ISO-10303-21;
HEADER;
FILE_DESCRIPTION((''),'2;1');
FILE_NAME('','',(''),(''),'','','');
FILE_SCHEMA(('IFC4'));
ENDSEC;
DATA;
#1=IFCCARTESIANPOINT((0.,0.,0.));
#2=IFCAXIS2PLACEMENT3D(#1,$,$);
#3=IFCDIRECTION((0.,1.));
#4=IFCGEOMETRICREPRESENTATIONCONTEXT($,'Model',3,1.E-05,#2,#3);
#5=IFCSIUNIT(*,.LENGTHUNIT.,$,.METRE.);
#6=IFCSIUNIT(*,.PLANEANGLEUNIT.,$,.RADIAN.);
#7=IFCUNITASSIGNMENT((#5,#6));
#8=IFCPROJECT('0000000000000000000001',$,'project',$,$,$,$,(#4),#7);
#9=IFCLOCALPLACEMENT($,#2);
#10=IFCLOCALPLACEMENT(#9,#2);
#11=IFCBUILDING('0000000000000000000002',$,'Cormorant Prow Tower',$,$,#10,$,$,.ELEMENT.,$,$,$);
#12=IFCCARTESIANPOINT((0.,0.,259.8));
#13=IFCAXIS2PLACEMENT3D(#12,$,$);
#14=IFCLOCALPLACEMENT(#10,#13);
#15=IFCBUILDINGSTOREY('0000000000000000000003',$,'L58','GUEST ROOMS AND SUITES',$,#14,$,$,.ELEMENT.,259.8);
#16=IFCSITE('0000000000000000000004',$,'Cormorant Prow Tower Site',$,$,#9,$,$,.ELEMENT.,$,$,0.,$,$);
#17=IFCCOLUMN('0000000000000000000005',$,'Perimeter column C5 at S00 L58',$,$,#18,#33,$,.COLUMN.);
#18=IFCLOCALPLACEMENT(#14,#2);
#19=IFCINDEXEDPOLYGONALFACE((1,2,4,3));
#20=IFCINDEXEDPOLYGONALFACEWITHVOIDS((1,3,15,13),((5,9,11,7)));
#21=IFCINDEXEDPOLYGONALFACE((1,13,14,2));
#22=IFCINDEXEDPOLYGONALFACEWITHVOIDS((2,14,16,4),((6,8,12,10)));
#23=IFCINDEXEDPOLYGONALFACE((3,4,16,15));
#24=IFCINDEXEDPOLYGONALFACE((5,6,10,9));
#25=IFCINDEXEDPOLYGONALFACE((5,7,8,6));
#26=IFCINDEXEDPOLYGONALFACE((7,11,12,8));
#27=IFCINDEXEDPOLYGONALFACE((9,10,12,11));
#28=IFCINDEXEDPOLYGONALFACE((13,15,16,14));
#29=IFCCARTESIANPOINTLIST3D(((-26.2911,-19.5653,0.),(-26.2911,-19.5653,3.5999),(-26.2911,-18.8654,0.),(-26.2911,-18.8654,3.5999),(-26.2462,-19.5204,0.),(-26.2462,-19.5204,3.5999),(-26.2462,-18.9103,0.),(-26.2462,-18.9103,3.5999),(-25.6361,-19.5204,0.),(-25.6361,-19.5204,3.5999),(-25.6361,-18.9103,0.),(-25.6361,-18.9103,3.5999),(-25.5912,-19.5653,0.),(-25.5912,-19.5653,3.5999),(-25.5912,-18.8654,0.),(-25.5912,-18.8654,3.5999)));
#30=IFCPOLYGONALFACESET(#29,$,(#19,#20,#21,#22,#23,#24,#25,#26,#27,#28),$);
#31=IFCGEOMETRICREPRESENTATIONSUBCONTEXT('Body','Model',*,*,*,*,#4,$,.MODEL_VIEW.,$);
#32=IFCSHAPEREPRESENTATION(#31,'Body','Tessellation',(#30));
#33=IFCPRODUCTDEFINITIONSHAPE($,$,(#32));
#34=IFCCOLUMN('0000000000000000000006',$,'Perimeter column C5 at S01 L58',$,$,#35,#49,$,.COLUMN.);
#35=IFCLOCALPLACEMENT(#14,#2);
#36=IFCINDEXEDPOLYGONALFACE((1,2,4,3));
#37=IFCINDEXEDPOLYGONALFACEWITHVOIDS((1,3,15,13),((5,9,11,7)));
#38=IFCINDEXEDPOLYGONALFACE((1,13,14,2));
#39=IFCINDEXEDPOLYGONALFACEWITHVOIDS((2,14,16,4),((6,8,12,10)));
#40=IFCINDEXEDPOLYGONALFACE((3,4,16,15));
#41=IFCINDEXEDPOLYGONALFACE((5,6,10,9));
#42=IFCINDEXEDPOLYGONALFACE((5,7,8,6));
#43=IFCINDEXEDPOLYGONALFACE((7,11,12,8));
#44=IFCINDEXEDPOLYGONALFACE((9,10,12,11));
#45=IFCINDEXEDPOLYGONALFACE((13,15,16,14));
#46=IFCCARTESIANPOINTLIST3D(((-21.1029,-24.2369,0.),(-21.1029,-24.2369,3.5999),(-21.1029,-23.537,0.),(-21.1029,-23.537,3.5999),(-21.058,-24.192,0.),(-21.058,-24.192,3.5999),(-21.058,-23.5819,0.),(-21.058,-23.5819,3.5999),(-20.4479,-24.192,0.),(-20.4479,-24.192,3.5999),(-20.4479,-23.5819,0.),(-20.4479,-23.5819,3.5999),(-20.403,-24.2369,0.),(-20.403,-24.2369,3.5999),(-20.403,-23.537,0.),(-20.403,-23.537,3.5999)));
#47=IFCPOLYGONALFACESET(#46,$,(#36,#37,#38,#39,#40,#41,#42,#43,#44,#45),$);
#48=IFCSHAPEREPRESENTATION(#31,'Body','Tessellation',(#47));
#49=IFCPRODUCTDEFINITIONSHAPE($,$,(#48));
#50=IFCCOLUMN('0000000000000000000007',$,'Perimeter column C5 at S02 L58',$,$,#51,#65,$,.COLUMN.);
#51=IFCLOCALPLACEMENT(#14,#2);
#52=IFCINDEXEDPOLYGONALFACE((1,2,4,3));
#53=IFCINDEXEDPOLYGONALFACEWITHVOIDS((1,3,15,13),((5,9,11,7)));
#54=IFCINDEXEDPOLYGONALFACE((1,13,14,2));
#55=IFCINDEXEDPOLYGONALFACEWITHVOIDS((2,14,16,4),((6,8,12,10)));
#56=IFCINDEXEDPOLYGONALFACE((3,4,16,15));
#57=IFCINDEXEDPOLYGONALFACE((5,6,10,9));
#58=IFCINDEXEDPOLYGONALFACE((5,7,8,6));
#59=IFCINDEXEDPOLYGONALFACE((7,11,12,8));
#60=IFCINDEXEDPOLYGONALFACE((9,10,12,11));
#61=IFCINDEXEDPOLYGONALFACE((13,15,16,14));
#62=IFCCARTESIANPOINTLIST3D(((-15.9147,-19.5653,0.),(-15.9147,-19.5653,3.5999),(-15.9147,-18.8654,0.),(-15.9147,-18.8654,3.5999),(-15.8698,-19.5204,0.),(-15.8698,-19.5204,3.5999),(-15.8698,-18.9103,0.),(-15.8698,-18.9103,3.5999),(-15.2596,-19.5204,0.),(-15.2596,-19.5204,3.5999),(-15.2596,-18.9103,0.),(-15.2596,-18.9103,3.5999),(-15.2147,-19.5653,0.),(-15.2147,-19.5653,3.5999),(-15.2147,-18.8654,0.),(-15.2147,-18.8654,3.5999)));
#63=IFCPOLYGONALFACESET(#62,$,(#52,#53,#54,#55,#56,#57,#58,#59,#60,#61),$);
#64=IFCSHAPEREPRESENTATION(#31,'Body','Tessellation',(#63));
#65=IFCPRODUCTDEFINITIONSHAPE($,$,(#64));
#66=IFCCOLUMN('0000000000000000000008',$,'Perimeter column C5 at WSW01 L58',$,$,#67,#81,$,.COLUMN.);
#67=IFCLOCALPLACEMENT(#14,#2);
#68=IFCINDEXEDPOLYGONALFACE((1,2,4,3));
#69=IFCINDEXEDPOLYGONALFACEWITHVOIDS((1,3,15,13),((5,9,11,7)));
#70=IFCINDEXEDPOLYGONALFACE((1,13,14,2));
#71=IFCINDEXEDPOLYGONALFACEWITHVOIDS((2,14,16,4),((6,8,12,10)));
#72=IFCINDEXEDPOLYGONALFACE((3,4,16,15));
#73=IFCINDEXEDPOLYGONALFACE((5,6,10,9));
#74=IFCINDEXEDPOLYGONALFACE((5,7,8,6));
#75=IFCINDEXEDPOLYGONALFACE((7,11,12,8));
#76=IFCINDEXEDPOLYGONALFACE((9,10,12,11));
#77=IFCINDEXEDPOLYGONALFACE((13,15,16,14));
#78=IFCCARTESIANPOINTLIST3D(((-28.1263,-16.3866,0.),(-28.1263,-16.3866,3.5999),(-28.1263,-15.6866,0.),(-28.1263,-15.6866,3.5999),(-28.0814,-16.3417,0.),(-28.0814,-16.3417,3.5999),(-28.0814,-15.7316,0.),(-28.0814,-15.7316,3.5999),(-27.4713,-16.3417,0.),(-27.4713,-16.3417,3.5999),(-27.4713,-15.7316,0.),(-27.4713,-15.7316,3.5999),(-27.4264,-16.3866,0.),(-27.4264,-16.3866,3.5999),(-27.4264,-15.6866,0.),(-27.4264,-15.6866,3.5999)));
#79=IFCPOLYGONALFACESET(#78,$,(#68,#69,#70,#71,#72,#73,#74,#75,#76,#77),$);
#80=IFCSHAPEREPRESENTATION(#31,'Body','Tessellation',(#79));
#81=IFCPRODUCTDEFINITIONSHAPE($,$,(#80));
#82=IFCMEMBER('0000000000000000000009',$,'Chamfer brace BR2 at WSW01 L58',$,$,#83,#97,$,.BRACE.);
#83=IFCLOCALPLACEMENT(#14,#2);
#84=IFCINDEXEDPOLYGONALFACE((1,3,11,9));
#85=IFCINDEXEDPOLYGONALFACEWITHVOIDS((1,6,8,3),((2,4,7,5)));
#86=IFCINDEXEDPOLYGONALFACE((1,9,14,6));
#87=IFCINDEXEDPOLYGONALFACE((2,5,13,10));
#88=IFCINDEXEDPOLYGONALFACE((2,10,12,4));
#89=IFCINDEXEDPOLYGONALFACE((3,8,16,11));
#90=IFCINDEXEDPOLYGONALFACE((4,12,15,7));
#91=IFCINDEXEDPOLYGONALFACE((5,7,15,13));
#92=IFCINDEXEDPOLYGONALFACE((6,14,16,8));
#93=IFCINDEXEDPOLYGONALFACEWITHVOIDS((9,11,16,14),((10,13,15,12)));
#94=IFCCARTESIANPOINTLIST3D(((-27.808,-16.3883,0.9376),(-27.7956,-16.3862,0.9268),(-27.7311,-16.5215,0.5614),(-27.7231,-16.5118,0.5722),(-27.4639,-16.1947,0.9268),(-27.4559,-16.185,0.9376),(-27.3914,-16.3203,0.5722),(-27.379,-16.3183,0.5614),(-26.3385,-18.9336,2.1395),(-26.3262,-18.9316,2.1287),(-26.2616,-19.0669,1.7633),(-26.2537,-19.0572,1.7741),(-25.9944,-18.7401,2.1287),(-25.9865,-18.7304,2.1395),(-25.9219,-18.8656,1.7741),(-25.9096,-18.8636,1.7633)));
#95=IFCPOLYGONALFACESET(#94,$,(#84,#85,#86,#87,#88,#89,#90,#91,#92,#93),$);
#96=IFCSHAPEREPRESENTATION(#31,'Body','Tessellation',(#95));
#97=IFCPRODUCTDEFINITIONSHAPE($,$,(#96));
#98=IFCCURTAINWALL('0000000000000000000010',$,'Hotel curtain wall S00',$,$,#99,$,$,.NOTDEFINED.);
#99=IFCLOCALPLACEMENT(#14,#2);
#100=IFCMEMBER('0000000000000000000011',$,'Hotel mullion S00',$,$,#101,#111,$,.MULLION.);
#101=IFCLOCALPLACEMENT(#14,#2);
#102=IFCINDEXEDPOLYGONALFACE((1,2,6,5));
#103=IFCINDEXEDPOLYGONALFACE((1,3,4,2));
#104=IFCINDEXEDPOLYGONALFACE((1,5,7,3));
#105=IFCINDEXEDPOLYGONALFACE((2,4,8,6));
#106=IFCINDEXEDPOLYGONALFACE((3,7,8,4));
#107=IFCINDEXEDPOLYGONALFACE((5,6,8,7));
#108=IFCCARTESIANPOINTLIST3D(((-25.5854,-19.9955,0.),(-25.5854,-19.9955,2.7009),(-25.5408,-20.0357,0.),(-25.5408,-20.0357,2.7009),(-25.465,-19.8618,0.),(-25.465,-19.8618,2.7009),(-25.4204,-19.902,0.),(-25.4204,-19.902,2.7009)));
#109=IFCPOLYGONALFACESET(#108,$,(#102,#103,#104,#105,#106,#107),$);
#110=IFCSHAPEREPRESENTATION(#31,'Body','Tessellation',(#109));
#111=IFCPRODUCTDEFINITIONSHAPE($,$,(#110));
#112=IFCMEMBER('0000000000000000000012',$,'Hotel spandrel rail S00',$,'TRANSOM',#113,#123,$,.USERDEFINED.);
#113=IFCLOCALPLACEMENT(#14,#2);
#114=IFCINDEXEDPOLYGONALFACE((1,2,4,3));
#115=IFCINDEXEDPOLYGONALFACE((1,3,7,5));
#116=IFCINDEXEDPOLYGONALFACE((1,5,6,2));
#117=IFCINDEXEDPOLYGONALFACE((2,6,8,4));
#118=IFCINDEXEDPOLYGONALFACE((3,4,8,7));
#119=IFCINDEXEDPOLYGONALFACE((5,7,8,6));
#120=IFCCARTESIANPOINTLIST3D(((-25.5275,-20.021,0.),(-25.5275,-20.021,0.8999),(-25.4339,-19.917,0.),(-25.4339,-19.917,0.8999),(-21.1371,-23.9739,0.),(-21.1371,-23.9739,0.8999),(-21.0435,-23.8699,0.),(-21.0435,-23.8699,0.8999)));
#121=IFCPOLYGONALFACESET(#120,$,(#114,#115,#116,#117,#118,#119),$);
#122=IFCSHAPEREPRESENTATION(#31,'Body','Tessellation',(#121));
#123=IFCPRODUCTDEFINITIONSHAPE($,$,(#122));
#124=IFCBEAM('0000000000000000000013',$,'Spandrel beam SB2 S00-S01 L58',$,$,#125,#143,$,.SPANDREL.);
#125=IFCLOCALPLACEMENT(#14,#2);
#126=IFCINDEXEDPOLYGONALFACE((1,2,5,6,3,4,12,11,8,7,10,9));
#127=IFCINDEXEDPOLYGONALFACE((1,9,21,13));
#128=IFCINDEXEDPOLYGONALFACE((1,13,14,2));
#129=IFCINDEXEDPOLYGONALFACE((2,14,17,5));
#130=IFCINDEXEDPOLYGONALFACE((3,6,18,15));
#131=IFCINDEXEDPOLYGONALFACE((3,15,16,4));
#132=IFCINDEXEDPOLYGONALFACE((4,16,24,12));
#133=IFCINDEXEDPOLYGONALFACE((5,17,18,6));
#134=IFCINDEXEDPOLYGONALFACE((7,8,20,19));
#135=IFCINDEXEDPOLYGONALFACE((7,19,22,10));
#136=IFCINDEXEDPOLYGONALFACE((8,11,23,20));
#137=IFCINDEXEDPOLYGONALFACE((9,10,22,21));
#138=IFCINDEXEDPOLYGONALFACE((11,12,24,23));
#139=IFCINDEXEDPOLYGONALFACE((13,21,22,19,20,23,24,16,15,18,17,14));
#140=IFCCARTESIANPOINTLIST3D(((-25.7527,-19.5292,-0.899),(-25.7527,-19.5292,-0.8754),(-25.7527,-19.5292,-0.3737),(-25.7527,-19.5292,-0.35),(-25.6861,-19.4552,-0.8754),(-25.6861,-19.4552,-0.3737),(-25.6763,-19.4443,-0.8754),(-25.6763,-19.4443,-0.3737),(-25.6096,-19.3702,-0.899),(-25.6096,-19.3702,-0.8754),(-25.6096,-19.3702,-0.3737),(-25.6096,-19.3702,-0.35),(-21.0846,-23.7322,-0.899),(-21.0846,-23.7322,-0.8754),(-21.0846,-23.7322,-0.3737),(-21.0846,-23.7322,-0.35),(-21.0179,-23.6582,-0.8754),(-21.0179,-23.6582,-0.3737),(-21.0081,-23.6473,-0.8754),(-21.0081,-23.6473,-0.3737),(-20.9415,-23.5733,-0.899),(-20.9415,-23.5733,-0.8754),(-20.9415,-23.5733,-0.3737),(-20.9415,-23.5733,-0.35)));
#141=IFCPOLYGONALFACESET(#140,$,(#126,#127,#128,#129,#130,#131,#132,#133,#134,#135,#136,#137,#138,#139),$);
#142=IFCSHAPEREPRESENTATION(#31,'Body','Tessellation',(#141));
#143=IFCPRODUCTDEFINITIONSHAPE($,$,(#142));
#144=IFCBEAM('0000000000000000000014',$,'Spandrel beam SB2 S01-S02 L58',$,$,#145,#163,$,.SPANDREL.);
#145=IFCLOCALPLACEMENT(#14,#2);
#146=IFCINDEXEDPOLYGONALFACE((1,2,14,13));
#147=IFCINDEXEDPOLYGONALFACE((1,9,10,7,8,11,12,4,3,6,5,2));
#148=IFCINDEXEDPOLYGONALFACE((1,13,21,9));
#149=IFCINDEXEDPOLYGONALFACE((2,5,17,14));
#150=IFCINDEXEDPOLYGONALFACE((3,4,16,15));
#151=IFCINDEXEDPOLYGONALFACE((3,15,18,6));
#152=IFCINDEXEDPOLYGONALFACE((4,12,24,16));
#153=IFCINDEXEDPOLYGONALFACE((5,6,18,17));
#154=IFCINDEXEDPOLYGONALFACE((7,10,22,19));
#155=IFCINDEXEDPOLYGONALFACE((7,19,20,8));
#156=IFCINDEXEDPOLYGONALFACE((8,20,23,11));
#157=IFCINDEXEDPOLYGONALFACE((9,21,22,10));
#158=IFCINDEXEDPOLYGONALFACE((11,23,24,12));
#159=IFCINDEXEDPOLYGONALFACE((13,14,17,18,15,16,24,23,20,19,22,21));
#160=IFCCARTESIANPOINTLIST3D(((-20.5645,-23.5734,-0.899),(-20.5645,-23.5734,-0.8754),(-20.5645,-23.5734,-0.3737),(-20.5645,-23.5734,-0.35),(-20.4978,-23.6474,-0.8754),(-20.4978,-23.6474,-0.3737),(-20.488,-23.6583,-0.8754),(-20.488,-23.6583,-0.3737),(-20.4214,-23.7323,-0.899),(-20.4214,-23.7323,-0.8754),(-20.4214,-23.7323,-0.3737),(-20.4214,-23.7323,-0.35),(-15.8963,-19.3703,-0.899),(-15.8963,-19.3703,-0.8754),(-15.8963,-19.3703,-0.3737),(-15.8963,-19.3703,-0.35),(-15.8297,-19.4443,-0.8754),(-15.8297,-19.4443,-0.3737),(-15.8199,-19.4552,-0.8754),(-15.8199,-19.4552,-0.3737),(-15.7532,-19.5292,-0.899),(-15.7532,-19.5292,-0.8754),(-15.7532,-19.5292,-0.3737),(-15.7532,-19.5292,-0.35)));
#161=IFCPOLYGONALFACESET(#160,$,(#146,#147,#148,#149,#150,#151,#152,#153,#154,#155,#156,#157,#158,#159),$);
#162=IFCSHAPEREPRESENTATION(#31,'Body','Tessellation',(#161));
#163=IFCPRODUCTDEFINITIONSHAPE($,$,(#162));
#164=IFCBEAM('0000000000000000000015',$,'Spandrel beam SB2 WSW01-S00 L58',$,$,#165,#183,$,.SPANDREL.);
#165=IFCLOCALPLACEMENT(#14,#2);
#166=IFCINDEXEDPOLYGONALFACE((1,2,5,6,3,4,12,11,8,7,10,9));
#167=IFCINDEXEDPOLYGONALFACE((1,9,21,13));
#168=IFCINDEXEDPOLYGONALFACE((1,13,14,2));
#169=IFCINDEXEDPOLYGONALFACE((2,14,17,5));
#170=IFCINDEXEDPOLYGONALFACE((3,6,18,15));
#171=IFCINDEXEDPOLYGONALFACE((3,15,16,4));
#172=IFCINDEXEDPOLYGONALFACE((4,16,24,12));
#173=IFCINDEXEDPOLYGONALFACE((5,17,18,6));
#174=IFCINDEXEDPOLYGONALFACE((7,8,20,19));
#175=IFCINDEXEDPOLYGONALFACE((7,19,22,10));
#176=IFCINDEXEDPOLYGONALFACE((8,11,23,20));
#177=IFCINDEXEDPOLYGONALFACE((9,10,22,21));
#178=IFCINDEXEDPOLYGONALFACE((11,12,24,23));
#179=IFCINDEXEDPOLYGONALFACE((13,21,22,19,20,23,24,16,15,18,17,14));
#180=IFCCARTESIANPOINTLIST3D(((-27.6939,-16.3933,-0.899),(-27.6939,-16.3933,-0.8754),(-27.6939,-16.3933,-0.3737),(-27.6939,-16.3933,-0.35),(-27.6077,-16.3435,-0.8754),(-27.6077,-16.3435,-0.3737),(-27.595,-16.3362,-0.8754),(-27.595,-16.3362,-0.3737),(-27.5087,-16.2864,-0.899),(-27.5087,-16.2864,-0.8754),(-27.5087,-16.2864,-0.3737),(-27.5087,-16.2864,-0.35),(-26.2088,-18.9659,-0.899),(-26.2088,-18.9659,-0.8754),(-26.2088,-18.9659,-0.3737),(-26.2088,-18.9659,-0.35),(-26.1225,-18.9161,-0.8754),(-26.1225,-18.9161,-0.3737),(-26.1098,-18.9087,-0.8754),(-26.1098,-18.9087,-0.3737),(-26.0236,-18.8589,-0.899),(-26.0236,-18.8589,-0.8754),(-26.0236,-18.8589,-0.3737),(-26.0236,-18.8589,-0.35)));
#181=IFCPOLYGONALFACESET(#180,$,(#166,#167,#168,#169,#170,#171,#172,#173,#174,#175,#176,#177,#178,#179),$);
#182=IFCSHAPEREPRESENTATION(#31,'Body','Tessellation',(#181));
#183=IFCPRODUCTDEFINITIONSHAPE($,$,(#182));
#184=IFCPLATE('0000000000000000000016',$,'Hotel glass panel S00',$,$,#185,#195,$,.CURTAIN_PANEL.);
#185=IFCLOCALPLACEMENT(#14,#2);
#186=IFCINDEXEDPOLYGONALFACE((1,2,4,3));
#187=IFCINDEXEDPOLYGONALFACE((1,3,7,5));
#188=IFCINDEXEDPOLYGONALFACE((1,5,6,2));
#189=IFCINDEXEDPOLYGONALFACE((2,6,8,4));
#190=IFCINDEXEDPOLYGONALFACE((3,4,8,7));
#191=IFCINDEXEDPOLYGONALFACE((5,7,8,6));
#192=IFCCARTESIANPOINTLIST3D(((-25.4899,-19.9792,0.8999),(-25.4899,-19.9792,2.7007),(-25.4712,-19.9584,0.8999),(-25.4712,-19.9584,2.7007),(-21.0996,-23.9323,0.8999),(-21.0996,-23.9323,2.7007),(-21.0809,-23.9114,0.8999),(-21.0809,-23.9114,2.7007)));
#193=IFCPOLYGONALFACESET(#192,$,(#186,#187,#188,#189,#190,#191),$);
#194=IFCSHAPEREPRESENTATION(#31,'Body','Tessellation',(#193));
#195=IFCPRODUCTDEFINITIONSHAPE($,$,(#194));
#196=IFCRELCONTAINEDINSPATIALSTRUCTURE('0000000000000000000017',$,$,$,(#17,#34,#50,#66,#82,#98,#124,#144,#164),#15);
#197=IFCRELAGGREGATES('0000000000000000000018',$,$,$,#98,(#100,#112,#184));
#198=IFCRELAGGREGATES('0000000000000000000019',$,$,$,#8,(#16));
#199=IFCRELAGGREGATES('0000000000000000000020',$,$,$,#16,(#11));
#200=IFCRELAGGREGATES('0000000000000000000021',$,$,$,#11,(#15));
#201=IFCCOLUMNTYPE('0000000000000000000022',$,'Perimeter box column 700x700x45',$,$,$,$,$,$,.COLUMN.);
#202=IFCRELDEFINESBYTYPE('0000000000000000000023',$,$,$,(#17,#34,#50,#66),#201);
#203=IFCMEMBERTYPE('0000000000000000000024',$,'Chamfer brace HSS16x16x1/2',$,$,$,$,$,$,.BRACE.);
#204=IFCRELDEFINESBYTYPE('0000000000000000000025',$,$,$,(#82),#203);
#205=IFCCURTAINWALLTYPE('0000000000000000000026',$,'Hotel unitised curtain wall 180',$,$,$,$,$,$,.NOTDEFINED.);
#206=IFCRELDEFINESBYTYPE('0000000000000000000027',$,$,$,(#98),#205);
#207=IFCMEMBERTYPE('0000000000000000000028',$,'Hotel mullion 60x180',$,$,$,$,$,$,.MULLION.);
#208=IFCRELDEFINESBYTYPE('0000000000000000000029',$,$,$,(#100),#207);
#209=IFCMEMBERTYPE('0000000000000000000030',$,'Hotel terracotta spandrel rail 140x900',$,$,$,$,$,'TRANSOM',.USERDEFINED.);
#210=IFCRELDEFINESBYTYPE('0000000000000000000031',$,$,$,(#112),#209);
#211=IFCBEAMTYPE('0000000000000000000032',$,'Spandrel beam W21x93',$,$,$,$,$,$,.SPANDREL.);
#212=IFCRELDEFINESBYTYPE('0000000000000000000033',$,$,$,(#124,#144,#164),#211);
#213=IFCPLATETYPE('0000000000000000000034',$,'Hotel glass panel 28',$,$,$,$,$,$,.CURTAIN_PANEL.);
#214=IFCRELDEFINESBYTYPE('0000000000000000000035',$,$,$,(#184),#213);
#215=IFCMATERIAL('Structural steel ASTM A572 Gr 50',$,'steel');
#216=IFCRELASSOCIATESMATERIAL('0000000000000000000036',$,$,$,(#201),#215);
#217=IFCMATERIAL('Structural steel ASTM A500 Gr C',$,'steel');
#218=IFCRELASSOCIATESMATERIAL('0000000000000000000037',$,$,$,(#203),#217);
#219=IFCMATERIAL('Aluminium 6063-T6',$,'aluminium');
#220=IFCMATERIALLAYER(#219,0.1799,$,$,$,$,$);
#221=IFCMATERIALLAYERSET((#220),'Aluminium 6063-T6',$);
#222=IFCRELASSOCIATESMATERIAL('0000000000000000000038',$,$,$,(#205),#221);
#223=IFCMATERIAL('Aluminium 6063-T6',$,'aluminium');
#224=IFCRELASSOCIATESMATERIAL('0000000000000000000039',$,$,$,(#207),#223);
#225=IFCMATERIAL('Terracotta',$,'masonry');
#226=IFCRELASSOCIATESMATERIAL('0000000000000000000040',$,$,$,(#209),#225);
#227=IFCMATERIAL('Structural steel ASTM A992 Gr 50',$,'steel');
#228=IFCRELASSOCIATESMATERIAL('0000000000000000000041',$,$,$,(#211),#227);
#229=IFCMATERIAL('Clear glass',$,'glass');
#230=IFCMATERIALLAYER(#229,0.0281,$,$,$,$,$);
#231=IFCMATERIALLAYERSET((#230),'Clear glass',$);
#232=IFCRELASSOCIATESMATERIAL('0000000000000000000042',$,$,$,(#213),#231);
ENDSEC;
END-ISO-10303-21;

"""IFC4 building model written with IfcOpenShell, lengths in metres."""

from ifc_helpers import new_model, si_unit, direction, frame, origin, origin_2d, place, context, subcontext, project, spatial, rectangle, hollow_rectangle, i_section, extrude, material, layer, layer_set, material_profile, profile_set, type_object, element, aggregate, save


model = new_model("IFC4")

# Units and contexts
model_context = context("Model", 3, precision=1e-05, world=origin(), true_north=direction((0.0, 1.0)))
body_context = subcontext(model_context, "Body", "Model", "MODEL_VIEW")
ifc_project = project(units=[si_unit("LENGTHUNIT", "METRE"), si_unit("PLANEANGLEUNIT", "RADIAN")], contexts=[model_context])

# Site, building, storey
site_placement = place(None, origin())
site = spatial("IfcSite", under=ifc_project, at=site_placement, Name="Cormorant Prow Tower Site", CompositionType="ELEMENT", RefElevation=0.0)
building_placement = place(site_placement, origin())
building = spatial("IfcBuilding", under=site, at=building_placement, Name="Cormorant Prow Tower", CompositionType="ELEMENT")
storey_placement = place(building_placement, frame((0.0, 0.0, 259.8)))
storey = spatial("IfcBuildingStorey", under=building, at=storey_placement, Name="L58", Description="GUEST ROOMS AND SUITES", CompositionType="ELEMENT", Elevation=259.8)

# Columns
ifc_material_1 = material(Name="Structural steel ASTM A572 Gr 50", Category="steel")
ifc_material_profile_1 = material_profile(ifc_material_1, hollow_rectangle(XDim=0.7, YDim=0.7, WallThickness=0.0449, at=origin_2d()), Name="Box 700x700x45")
ifc_profile_set_1 = profile_set([ifc_material_profile_1], Name="Structural steel ASTM A572 Gr 50")
column_type = type_object("IfcColumnType", Name="Perimeter box column 700x700x45", PredefinedType="COLUMN", material=ifc_profile_set_1)
for number, where, z_axis, x_axis, name in (
    (1, (-25.9412, -19.2153, 0.0), (0.0, 0.0, 1.0), (1.0, 0.0, 0.0), "Perimeter column C5 at S00 L58"),
    (2, (-20.7529, -23.887, 0.0), (0.0, 0.0, 1.0), (1.0, 0.0, 0.0), "Perimeter column C5 at S01 L58"),
    (3, (-15.5647, -19.2153, 0.0), (0.0, 0.0, 1.0), (1.0, 0.0, 0.0), "Perimeter column C5 at S02 L58"),
    (4, (-27.7764, -16.0366, 0.0), (0.0, 0.0, 1.0), (1.0, 0.0, 0.0), "Perimeter column C5 at WSW01 L58"),
):
    element("IfcColumn", number, at=place(storey_placement, frame(where, z_axis=z_axis, x_axis=x_axis)), inside=storey, type_object=column_type, Name=name, PredefinedType="COLUMN", context=body_context, shape_type="SweptSolid", body=[
        extrude(hollow_rectangle(XDim=0.7, YDim=0.7, WallThickness=0.0449, at=origin_2d()), origin(), (0.0, 0.0, 1.0), 3.5999),
    ])

# Member
ifc_material_2 = material(Name="Structural steel ASTM A500 Gr C", Category="steel")
ifc_material_profile_2 = material_profile(ifc_material_2, hollow_rectangle(XDim=0.4065, YDim=0.4065, WallThickness=0.0117, at=origin_2d()), Name="HSS16x16x1/2")
ifc_profile_set_2 = profile_set([ifc_material_profile_2], Name="Structural steel ASTM A500 Gr C")
member_type_1 = type_object("IfcMemberType", Name="Chamfer brace HSS16x16x1/2", PredefinedType="BRACE", material=ifc_profile_set_2)
member_1_placement = place(storey_placement, frame((-27.5935, -16.3533, 0.7495), z_axis=(0.462773, -0.801607, 0.378507), x_axis=(0.866042, 0.499972, 0.0)))
element("IfcMember", 5, at=member_1_placement, inside=storey, type_object=member_type_1, Name="Chamfer brace BR2 at WSW01 L58", PredefinedType="BRACE", context=body_context, shape_type="SweptSolid", body=[
    extrude(hollow_rectangle(XDim=0.4065, YDim=0.4065, WallThickness=0.0117, at=origin_2d()), origin(), (0.0, 0.0, 1.0), 3.1753),
])

# Curtain wall, members
ifc_material_3 = material(Name="Aluminium 6063-T6", Category="aluminium")
ifc_layer_1 = layer(ifc_material_3, 0.1799)
ifc_layer_set_1 = layer_set([ifc_layer_1], Name="Aluminium 6063-T6")
curtain_wall_type = type_object("IfcCurtainWallType", Name="Hotel unitised curtain wall 180", PredefinedType="NOTDEFINED", material=ifc_layer_set_1)
curtain_wall_placement = place(storey_placement, origin())
curtain_wall = element("IfcCurtainWall", 6, at=curtain_wall_placement, inside=storey, type_object=curtain_wall_type, Name="Hotel curtain wall S00", PredefinedType="NOTDEFINED")
ifc_material_4 = material(Name="Aluminium 6063-T6", Category="aluminium")
ifc_material_profile_3 = material_profile(ifc_material_4, rectangle(XDim=0.1799, YDim=0.0601, at=origin_2d()), Name="Hotel mullion 60x180")
ifc_profile_set_3 = profile_set([ifc_material_profile_3], Name="Aluminium 6063-T6")
member_type_2 = type_object("IfcMemberType", Name="Hotel mullion 60x180", PredefinedType="MULLION", material=ifc_profile_set_3)
member_2_placement = place(storey_placement, frame((-25.5029, -19.9487, 0.0), z_axis=(0.0, 0.0, 1.0), x_axis=(0.669131, 0.743145, 0.0)))
member_2 = element("IfcMember", 7, at=member_2_placement, type_object=member_type_2, Name="Hotel mullion S00", PredefinedType="MULLION", context=body_context, shape_type="SweptSolid", body=[
    extrude(rectangle(XDim=0.1799, YDim=0.0601, at=origin_2d()), origin(), (0.0, 0.0, 1.0), 2.7009),
])
ifc_material_5 = material(Name="Terracotta", Category="masonry")
ifc_material_profile_4 = material_profile(ifc_material_5, rectangle(XDim=0.1399, YDim=0.8999, at=origin_2d()), Name="Hotel terracotta spandrel rail 140x900")
ifc_profile_set_4 = profile_set([ifc_material_profile_4], Name="Terracotta")
member_type_3 = type_object("IfcMemberType", Name="Hotel terracotta spandrel rail 140x900", ElementType="TRANSOM", PredefinedType="USERDEFINED", material=ifc_profile_set_4)
member_3_placement = place(storey_placement, frame((-25.4807, -19.969, 0.45), z_axis=(0.743165, -0.669109, 0.0), x_axis=(0.669109, 0.743165, 0.0)))
member_3 = element("IfcMember", 8, at=member_3_placement, type_object=member_type_3, Name="Hotel spandrel rail S00", ObjectType="TRANSOM", PredefinedType="USERDEFINED", context=body_context, shape_type="SweptSolid", body=[
    extrude(rectangle(XDim=0.1399, YDim=0.8999, at=origin_2d()), origin(), (0.0, 0.0, 1.0), 5.9077),
])

# Beams
ifc_material_6 = material(Name="Structural steel ASTM A992 Gr 50", Category="steel")
ifc_material_profile_5 = material_profile(ifc_material_6, i_section(OverallWidth=0.2139, OverallDepth=0.5491, WebThickness=0.0146, FlangeThickness=0.0237, at=origin_2d()), Name="W21x93")
ifc_profile_set_5 = profile_set([ifc_material_profile_5], Name="Structural steel ASTM A992 Gr 50")
beam_type = type_object("IfcBeamType", Name="Spandrel beam W21x93", PredefinedType="SPANDREL", material=ifc_profile_set_5)
for number, where, z_axis, x_axis, name in (
    (9, (-25.6812, -19.4497, -0.6245), (0.743157, -0.669117, 0.0), (0.669117, 0.743157, 0.0), "Spandrel beam SB2 S00-S01 L58"),
    (10, (-20.4929, -23.6528, -0.6245), (0.743157, 0.669117, 0.0), (-0.669117, 0.743157, 0.0), "Spandrel beam SB2 S01-S02 L58"),
):
    element("IfcBeam", number, at=place(storey_placement, frame(where, z_axis=z_axis, x_axis=x_axis)), inside=storey, type_object=beam_type, Name=name, PredefinedType="SPANDREL", context=body_context, shape_type="SweptSolid", body=[
        extrude(i_section(OverallWidth=0.2139, OverallDepth=0.5491, WebThickness=0.0146, FlangeThickness=0.0237, at=origin_2d()), origin(), (0.0, 0.0, 1.0), 6.2815),
    ])
beam_placement = place(storey_placement, frame((-27.6013, -16.3398, -0.6245), z_axis=(0.499967, -0.866045, 0.0), x_axis=(0.866045, 0.499967, 0.0)))
element("IfcBeam", 11, at=beam_placement, inside=storey, type_object=beam_type, Name="Spandrel beam SB2 WSW01-S00 L58", PredefinedType="SPANDREL", context=body_context, shape_type="SweptSolid", body=[
    extrude(i_section(OverallWidth=0.2139, OverallDepth=0.5491, WebThickness=0.0146, FlangeThickness=0.0237, at=origin_2d()), origin(), (0.0, 0.0, 1.0), 2.9705),
])

# Plate
ifc_material_7 = material(Name="Clear glass", Category="glass")
ifc_layer_2 = layer(ifc_material_7, 0.0281)
ifc_layer_set_2 = layer_set([ifc_layer_2], Name="Clear glass")
plate_type = type_object("IfcPlateType", Name="Hotel glass panel 28", PredefinedType="CURTAIN_PANEL", material=ifc_layer_set_2)
plate_placement = place(storey_placement, frame((-23.2854, -21.9453, 0.8999), z_axis=(0.0, 0.0, 1.0), x_axis=(0.743145, -0.669131, 0.0)))
plate = element("IfcPlate", 12, at=plate_placement, type_object=plate_type, Name="Hotel glass panel S00", PredefinedType="CURTAIN_PANEL", context=body_context, shape_type="SweptSolid", body=[
    extrude(rectangle(XDim=5.9077, YDim=0.0281, at=origin_2d()), origin(), (0.0, 0.0, 1.0), 1.8008),
])
aggregate(curtain_wall, [member_2, member_3, plate])

save(model, "model.ifc")
